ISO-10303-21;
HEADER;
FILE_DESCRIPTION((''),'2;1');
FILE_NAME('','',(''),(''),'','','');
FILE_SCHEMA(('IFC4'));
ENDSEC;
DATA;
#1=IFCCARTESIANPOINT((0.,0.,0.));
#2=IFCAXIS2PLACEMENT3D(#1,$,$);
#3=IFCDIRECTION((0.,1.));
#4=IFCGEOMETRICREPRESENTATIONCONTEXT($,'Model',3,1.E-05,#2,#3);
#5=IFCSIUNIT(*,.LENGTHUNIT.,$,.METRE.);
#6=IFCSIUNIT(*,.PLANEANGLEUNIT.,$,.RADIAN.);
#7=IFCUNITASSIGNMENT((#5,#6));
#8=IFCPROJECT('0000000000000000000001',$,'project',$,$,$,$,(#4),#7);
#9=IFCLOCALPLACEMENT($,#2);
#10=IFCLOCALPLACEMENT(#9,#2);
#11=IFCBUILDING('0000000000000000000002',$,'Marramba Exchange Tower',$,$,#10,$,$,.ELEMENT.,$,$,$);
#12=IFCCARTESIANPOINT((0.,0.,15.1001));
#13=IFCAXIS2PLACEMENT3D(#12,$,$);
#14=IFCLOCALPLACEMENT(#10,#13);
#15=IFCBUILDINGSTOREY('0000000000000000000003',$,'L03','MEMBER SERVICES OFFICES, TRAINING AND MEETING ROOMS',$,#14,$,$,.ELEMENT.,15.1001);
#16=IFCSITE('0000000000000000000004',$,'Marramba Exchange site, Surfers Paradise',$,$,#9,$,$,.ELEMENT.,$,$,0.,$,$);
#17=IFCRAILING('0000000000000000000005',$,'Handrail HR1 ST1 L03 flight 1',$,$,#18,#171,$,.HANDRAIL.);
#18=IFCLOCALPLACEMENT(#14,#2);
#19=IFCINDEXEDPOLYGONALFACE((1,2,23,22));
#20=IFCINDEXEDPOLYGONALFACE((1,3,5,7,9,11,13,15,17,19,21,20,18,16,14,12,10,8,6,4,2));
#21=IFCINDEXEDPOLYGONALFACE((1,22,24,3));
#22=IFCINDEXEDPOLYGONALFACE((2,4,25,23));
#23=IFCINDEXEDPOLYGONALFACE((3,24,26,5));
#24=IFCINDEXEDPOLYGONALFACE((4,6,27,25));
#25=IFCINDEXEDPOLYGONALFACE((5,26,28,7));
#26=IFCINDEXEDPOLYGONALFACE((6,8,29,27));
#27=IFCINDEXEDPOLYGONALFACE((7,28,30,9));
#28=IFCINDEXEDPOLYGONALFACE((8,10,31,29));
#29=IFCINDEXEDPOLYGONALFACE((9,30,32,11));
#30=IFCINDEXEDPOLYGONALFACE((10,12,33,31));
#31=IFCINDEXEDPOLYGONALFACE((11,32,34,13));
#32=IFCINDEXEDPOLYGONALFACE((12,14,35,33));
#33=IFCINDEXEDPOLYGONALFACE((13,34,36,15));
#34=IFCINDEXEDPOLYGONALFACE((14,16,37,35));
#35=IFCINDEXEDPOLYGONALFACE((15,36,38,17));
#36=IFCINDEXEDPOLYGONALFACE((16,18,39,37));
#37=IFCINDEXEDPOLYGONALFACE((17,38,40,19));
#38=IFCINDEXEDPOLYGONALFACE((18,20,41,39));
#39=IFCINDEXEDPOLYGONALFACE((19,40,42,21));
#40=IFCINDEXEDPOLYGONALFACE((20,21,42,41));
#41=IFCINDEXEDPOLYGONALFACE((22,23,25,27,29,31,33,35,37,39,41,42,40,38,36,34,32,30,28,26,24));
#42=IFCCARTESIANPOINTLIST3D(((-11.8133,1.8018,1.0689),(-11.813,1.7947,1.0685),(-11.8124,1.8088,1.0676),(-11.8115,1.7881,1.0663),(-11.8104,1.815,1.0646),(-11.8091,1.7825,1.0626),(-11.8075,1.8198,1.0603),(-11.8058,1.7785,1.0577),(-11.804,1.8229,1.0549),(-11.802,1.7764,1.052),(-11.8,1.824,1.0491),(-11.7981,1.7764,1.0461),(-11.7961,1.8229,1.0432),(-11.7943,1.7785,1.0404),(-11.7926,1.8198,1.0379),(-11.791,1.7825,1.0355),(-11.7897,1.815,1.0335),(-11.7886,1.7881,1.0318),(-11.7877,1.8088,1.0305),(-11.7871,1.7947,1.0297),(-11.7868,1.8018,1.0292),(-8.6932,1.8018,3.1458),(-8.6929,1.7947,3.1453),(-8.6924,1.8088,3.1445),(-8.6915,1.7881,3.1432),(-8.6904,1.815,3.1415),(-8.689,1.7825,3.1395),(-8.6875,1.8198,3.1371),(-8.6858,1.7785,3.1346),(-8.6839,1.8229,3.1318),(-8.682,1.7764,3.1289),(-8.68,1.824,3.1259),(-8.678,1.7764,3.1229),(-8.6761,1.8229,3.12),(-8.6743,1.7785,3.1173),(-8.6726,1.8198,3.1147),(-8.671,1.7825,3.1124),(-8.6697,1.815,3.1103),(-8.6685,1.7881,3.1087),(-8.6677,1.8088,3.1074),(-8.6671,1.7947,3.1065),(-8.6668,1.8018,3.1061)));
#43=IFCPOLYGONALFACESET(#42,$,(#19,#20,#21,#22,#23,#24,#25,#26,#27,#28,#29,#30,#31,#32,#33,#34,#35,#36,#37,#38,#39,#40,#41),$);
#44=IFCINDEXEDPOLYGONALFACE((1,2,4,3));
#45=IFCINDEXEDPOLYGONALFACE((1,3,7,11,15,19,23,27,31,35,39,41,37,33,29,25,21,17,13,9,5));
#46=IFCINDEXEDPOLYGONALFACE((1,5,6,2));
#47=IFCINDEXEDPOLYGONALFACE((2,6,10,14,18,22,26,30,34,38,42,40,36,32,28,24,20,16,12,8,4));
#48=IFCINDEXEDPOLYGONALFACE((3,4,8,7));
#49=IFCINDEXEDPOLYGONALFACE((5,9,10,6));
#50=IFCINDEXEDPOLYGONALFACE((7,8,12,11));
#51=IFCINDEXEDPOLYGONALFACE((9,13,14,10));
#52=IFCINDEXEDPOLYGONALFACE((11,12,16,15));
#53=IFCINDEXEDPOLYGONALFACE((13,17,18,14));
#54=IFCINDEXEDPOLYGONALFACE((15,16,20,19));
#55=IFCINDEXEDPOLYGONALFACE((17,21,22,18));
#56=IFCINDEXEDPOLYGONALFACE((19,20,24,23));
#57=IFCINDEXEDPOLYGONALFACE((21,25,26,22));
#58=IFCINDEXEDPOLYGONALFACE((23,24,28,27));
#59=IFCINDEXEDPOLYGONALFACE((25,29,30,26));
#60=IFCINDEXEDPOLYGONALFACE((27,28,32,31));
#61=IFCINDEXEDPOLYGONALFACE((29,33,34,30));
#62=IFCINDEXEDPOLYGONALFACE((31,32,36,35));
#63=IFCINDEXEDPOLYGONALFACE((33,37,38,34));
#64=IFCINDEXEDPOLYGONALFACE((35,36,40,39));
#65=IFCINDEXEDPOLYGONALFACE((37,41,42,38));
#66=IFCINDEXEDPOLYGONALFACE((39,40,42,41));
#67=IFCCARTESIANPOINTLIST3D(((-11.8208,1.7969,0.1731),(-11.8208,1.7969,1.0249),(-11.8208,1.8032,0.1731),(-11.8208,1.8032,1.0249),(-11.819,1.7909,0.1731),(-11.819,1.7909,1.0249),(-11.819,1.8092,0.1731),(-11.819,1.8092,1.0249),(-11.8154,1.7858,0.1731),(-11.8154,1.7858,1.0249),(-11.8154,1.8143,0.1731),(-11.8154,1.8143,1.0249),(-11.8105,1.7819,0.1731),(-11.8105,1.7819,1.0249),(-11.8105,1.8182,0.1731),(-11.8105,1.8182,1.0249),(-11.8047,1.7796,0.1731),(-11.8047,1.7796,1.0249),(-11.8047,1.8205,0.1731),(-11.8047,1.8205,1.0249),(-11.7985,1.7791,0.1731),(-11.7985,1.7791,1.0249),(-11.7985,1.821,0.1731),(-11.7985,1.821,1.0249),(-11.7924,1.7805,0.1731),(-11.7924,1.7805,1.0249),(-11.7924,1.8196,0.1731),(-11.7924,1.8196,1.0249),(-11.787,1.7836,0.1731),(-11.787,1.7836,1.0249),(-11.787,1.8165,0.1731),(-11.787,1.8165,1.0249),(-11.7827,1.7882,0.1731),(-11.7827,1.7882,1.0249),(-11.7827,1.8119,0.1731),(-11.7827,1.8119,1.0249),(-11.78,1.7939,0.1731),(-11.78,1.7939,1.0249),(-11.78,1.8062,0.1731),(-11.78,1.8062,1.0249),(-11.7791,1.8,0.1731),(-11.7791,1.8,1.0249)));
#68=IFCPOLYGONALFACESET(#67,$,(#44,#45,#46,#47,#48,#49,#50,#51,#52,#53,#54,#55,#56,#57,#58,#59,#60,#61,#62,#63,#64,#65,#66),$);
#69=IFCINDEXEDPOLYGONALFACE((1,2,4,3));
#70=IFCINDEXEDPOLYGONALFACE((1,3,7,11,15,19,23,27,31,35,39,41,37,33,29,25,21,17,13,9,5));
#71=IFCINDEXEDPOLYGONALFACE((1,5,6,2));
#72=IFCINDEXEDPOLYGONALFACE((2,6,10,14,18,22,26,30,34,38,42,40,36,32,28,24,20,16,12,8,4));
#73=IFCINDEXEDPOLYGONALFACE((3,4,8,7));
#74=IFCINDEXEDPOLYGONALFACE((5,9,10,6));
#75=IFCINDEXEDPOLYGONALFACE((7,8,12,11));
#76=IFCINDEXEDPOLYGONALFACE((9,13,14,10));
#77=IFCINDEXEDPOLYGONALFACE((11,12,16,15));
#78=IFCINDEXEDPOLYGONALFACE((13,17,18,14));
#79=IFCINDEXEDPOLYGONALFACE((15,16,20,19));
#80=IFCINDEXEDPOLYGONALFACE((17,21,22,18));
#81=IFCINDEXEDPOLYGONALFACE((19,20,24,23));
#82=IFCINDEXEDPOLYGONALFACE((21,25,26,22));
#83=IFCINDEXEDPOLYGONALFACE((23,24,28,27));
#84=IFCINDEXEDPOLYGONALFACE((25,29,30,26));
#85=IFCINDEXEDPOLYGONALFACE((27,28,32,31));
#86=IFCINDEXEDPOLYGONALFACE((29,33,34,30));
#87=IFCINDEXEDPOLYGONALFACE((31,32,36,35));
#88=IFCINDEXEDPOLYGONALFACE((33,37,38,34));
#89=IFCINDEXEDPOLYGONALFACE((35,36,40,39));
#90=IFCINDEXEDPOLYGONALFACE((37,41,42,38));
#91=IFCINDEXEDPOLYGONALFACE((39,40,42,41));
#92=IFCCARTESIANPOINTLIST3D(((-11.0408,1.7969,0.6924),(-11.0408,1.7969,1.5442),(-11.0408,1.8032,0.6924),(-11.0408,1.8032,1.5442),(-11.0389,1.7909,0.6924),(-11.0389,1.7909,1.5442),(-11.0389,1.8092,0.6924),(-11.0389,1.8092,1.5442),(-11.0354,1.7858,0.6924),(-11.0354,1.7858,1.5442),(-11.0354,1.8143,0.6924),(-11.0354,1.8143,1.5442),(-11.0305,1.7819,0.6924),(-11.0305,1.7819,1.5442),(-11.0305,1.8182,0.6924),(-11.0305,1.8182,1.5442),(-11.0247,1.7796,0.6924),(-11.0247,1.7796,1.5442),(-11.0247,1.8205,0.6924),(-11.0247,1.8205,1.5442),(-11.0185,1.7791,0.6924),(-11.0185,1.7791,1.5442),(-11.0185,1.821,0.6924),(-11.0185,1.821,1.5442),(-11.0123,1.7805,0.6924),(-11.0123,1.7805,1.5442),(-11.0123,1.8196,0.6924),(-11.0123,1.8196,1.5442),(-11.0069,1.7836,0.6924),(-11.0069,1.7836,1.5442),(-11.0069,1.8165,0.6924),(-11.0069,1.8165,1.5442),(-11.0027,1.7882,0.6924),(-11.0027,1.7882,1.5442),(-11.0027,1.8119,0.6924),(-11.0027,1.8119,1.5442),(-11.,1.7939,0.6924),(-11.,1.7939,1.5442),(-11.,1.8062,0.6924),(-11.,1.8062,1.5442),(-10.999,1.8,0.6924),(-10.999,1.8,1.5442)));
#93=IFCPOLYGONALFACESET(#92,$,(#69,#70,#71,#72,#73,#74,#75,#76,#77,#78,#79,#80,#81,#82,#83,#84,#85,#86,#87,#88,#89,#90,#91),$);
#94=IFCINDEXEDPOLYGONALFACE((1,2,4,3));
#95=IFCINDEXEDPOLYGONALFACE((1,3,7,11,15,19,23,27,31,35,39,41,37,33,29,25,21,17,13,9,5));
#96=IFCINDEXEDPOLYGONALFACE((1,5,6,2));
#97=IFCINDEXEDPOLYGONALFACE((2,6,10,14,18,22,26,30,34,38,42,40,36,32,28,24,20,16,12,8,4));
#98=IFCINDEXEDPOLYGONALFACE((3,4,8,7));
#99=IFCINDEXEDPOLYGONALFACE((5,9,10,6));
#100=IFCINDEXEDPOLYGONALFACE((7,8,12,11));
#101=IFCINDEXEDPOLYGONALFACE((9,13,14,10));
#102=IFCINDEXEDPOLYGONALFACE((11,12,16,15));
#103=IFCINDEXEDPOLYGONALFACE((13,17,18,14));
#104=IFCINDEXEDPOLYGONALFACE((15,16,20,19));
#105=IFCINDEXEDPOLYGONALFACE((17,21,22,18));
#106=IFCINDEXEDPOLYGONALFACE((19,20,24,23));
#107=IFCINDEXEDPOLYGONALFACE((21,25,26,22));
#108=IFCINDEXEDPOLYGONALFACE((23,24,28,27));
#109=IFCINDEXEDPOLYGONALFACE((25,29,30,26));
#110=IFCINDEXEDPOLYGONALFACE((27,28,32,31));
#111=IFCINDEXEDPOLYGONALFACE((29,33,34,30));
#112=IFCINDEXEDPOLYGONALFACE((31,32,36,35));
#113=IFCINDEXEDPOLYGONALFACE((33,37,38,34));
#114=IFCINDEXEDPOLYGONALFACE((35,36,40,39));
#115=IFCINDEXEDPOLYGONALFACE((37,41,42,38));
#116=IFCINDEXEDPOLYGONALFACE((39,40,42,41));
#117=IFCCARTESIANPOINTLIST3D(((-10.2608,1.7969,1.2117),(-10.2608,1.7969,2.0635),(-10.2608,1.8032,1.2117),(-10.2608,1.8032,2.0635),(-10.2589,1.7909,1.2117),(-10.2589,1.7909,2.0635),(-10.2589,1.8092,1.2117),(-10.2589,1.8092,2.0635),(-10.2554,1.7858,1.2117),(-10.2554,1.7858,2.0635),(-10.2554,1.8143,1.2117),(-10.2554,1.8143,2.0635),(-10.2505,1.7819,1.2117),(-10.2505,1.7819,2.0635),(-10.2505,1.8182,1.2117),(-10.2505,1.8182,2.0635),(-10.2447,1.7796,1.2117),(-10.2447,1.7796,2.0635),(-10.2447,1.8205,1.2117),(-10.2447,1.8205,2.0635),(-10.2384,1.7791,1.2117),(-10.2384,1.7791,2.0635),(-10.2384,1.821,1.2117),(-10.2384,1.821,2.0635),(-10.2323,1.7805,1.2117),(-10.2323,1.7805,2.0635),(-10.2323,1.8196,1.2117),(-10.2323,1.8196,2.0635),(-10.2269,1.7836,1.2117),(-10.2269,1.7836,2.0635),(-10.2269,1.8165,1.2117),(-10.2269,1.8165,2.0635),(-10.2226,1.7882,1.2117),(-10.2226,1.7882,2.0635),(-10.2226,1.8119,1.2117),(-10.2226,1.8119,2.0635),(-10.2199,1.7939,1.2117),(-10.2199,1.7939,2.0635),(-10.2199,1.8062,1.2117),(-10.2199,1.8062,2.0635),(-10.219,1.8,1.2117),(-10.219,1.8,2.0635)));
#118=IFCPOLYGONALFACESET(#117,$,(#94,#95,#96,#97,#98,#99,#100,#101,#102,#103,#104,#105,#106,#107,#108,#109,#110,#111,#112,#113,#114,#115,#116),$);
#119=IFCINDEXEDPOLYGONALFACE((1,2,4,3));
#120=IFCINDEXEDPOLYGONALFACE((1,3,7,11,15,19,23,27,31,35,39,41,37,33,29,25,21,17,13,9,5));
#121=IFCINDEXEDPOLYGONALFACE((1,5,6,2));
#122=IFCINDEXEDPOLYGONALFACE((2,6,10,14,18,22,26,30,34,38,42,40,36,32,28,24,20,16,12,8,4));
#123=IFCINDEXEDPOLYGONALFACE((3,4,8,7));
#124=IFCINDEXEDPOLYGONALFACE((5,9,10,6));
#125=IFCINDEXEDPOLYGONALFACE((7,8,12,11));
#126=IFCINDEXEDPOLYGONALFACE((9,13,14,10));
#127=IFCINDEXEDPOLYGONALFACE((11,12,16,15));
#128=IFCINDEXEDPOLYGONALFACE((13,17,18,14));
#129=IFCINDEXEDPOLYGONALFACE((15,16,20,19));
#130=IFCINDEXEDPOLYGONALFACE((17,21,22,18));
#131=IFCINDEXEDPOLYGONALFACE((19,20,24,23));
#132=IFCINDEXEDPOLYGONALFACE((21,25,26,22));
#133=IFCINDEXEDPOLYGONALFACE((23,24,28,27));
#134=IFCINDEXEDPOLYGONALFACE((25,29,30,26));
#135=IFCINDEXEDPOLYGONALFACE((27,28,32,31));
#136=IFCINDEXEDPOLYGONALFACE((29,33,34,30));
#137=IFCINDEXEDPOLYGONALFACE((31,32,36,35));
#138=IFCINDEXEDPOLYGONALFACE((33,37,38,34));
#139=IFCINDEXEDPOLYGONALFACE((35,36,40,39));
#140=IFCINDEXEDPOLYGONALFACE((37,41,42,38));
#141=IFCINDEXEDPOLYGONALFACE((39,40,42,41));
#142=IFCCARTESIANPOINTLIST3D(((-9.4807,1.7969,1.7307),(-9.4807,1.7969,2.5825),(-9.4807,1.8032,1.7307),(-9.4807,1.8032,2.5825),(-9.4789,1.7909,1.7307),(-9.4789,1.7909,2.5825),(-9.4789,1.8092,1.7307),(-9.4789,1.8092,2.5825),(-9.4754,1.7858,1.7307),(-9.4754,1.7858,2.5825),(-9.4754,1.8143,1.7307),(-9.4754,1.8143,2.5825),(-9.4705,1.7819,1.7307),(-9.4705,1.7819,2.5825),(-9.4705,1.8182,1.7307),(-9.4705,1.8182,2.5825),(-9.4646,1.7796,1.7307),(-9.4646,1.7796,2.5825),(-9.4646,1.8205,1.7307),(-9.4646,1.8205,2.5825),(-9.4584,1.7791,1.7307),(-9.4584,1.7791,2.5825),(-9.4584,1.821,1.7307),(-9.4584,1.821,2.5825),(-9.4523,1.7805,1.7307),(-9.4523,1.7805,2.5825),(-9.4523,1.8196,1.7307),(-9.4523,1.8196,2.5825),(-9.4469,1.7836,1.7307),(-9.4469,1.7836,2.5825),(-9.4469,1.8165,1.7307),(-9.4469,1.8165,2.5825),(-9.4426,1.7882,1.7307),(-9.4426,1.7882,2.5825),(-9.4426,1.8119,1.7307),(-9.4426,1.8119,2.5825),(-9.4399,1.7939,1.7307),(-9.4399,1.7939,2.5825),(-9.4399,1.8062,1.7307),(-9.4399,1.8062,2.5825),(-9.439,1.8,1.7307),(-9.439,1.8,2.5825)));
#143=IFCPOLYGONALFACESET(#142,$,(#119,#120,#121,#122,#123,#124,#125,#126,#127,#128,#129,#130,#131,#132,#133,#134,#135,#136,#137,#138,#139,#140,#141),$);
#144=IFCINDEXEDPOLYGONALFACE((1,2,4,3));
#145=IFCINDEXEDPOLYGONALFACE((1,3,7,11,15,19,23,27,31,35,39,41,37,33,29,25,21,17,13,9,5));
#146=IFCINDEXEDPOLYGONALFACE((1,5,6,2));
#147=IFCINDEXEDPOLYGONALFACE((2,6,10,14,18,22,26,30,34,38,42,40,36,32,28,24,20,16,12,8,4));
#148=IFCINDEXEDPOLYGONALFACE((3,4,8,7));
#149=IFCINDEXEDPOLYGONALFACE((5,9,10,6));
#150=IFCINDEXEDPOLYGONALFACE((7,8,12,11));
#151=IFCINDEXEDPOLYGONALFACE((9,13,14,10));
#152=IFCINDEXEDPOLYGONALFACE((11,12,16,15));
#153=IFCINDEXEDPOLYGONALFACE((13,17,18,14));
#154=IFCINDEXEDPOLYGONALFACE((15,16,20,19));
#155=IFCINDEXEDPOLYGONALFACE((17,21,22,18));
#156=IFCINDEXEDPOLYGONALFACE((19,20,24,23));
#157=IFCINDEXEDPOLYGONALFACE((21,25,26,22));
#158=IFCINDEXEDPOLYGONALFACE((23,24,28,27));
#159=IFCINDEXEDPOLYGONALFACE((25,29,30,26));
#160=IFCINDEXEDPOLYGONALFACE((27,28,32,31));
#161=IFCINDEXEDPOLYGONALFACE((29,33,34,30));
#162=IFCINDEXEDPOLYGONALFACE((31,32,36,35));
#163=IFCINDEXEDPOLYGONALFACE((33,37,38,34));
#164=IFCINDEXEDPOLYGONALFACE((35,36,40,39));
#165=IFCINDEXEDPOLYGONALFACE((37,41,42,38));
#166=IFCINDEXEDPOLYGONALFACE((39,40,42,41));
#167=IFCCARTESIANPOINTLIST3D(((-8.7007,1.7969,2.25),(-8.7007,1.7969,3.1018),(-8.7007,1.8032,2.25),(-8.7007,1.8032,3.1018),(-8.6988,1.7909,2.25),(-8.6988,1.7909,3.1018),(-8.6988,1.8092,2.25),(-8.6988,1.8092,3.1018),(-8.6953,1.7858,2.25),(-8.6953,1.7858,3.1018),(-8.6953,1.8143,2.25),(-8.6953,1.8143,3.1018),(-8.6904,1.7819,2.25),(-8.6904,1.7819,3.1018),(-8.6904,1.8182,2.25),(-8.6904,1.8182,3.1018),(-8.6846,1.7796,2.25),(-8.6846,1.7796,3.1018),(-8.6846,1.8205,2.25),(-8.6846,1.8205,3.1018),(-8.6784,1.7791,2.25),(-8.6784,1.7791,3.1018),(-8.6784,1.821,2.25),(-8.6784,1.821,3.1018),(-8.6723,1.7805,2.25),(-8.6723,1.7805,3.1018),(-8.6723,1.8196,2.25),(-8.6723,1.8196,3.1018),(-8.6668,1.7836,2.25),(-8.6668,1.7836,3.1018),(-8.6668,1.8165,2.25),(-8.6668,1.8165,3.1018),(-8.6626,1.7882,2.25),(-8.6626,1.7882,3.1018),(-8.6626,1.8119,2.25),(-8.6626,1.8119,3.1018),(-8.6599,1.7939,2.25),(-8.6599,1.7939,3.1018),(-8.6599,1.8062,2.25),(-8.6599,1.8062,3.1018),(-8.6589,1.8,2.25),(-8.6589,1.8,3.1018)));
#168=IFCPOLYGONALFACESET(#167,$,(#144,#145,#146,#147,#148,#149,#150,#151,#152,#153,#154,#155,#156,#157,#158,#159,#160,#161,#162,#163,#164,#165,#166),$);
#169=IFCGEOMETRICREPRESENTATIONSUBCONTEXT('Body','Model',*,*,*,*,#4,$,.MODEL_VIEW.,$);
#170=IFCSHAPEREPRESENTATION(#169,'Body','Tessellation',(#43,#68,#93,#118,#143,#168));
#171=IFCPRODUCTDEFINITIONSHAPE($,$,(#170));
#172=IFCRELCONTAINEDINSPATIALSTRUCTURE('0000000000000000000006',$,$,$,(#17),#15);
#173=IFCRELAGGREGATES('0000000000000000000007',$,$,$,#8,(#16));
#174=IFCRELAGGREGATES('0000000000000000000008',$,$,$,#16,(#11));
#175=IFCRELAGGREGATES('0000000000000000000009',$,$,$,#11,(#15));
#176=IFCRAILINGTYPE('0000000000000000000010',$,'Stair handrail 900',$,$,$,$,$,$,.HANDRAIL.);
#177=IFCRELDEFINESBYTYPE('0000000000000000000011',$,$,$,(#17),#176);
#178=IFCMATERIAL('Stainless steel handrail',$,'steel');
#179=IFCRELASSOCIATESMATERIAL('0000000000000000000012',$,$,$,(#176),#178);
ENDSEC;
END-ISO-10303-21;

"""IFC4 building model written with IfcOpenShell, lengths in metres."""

from ifc_helpers import new_model, si_unit, direction, frame, origin, origin_2d, place, context, subcontext, project, spatial, circle, extrude, material, type_object, element, save


model = new_model("IFC4")

# Units and contexts
model_context = context("Model", 3, precision=1e-05, world=origin(), true_north=direction((0.0, 1.0)))
body_context = subcontext(model_context, "Body", "Model", "MODEL_VIEW")
ifc_project = project(units=[si_unit("LENGTHUNIT", "METRE"), si_unit("PLANEANGLEUNIT", "RADIAN")], contexts=[model_context])

# Site, building, storey
site_placement = place(None, origin())
site = spatial("IfcSite", under=ifc_project, at=site_placement, Name="Marramba Exchange site, Surfers Paradise", CompositionType="ELEMENT", RefElevation=0.0)
building_placement = place(site_placement, origin())
building = spatial("IfcBuilding", under=site, at=building_placement, Name="Marramba Exchange Tower", CompositionType="ELEMENT")
storey_placement = place(building_placement, frame((0.0, 0.0, 15.1001)))
storey = spatial("IfcBuildingStorey", under=building, at=storey_placement, Name="L03", Description="MEMBER SERVICES OFFICES, TRAINING AND MEETING ROOMS", CompositionType="ELEMENT", Elevation=15.1001)

# Railing
ifc_material_1 = material(Name="Stainless steel handrail", Category="steel")
railing_type = type_object("IfcRailingType", Name="Stair handrail 900", PredefinedType="HANDRAIL", material=ifc_material_1)
railing_1_placement = place(storey_placement, frame((-11.8, 1.8, 0.1731)))
element("IfcRailing", 1, at=railing_1_placement, inside=storey, type_object=railing_type, Name="Handrail HR1 ST1 L03 flight 1", PredefinedType="HANDRAIL", context=body_context, shape_type="SweptSolid", body=[
    extrude(circle(Radius=0.0239, at=origin_2d()), frame((0.0, 0.0, 0.876), z_axis=(0.832441, 0.0, 0.554114), x_axis=(0.0, 1.0, 0.0)), (0.0, 0.0, 1.0), 3.748),
    extrude(circle(Radius=0.021, at=origin_2d()), origin(), (0.0, 0.0, 1.0), 0.8518),
    extrude(circle(Radius=0.021, at=origin_2d()), frame((0.78, 0.0, 0.5193)), (0.0, 0.0, 1.0), 0.8518),
    extrude(circle(Radius=0.021, at=origin_2d()), frame((1.5601, 0.0, 1.0386)), (0.0, 0.0, 1.0), 0.8518),
    extrude(circle(Radius=0.021, at=origin_2d()), frame((2.3401, 0.0, 1.5576)), (0.0, 0.0, 1.0), 0.8518),
    extrude(circle(Radius=0.021, at=origin_2d()), frame((3.1201, 0.0, 2.0769)), (0.0, 0.0, 1.0), 0.8518),
])

save(model, "model.ifc")
